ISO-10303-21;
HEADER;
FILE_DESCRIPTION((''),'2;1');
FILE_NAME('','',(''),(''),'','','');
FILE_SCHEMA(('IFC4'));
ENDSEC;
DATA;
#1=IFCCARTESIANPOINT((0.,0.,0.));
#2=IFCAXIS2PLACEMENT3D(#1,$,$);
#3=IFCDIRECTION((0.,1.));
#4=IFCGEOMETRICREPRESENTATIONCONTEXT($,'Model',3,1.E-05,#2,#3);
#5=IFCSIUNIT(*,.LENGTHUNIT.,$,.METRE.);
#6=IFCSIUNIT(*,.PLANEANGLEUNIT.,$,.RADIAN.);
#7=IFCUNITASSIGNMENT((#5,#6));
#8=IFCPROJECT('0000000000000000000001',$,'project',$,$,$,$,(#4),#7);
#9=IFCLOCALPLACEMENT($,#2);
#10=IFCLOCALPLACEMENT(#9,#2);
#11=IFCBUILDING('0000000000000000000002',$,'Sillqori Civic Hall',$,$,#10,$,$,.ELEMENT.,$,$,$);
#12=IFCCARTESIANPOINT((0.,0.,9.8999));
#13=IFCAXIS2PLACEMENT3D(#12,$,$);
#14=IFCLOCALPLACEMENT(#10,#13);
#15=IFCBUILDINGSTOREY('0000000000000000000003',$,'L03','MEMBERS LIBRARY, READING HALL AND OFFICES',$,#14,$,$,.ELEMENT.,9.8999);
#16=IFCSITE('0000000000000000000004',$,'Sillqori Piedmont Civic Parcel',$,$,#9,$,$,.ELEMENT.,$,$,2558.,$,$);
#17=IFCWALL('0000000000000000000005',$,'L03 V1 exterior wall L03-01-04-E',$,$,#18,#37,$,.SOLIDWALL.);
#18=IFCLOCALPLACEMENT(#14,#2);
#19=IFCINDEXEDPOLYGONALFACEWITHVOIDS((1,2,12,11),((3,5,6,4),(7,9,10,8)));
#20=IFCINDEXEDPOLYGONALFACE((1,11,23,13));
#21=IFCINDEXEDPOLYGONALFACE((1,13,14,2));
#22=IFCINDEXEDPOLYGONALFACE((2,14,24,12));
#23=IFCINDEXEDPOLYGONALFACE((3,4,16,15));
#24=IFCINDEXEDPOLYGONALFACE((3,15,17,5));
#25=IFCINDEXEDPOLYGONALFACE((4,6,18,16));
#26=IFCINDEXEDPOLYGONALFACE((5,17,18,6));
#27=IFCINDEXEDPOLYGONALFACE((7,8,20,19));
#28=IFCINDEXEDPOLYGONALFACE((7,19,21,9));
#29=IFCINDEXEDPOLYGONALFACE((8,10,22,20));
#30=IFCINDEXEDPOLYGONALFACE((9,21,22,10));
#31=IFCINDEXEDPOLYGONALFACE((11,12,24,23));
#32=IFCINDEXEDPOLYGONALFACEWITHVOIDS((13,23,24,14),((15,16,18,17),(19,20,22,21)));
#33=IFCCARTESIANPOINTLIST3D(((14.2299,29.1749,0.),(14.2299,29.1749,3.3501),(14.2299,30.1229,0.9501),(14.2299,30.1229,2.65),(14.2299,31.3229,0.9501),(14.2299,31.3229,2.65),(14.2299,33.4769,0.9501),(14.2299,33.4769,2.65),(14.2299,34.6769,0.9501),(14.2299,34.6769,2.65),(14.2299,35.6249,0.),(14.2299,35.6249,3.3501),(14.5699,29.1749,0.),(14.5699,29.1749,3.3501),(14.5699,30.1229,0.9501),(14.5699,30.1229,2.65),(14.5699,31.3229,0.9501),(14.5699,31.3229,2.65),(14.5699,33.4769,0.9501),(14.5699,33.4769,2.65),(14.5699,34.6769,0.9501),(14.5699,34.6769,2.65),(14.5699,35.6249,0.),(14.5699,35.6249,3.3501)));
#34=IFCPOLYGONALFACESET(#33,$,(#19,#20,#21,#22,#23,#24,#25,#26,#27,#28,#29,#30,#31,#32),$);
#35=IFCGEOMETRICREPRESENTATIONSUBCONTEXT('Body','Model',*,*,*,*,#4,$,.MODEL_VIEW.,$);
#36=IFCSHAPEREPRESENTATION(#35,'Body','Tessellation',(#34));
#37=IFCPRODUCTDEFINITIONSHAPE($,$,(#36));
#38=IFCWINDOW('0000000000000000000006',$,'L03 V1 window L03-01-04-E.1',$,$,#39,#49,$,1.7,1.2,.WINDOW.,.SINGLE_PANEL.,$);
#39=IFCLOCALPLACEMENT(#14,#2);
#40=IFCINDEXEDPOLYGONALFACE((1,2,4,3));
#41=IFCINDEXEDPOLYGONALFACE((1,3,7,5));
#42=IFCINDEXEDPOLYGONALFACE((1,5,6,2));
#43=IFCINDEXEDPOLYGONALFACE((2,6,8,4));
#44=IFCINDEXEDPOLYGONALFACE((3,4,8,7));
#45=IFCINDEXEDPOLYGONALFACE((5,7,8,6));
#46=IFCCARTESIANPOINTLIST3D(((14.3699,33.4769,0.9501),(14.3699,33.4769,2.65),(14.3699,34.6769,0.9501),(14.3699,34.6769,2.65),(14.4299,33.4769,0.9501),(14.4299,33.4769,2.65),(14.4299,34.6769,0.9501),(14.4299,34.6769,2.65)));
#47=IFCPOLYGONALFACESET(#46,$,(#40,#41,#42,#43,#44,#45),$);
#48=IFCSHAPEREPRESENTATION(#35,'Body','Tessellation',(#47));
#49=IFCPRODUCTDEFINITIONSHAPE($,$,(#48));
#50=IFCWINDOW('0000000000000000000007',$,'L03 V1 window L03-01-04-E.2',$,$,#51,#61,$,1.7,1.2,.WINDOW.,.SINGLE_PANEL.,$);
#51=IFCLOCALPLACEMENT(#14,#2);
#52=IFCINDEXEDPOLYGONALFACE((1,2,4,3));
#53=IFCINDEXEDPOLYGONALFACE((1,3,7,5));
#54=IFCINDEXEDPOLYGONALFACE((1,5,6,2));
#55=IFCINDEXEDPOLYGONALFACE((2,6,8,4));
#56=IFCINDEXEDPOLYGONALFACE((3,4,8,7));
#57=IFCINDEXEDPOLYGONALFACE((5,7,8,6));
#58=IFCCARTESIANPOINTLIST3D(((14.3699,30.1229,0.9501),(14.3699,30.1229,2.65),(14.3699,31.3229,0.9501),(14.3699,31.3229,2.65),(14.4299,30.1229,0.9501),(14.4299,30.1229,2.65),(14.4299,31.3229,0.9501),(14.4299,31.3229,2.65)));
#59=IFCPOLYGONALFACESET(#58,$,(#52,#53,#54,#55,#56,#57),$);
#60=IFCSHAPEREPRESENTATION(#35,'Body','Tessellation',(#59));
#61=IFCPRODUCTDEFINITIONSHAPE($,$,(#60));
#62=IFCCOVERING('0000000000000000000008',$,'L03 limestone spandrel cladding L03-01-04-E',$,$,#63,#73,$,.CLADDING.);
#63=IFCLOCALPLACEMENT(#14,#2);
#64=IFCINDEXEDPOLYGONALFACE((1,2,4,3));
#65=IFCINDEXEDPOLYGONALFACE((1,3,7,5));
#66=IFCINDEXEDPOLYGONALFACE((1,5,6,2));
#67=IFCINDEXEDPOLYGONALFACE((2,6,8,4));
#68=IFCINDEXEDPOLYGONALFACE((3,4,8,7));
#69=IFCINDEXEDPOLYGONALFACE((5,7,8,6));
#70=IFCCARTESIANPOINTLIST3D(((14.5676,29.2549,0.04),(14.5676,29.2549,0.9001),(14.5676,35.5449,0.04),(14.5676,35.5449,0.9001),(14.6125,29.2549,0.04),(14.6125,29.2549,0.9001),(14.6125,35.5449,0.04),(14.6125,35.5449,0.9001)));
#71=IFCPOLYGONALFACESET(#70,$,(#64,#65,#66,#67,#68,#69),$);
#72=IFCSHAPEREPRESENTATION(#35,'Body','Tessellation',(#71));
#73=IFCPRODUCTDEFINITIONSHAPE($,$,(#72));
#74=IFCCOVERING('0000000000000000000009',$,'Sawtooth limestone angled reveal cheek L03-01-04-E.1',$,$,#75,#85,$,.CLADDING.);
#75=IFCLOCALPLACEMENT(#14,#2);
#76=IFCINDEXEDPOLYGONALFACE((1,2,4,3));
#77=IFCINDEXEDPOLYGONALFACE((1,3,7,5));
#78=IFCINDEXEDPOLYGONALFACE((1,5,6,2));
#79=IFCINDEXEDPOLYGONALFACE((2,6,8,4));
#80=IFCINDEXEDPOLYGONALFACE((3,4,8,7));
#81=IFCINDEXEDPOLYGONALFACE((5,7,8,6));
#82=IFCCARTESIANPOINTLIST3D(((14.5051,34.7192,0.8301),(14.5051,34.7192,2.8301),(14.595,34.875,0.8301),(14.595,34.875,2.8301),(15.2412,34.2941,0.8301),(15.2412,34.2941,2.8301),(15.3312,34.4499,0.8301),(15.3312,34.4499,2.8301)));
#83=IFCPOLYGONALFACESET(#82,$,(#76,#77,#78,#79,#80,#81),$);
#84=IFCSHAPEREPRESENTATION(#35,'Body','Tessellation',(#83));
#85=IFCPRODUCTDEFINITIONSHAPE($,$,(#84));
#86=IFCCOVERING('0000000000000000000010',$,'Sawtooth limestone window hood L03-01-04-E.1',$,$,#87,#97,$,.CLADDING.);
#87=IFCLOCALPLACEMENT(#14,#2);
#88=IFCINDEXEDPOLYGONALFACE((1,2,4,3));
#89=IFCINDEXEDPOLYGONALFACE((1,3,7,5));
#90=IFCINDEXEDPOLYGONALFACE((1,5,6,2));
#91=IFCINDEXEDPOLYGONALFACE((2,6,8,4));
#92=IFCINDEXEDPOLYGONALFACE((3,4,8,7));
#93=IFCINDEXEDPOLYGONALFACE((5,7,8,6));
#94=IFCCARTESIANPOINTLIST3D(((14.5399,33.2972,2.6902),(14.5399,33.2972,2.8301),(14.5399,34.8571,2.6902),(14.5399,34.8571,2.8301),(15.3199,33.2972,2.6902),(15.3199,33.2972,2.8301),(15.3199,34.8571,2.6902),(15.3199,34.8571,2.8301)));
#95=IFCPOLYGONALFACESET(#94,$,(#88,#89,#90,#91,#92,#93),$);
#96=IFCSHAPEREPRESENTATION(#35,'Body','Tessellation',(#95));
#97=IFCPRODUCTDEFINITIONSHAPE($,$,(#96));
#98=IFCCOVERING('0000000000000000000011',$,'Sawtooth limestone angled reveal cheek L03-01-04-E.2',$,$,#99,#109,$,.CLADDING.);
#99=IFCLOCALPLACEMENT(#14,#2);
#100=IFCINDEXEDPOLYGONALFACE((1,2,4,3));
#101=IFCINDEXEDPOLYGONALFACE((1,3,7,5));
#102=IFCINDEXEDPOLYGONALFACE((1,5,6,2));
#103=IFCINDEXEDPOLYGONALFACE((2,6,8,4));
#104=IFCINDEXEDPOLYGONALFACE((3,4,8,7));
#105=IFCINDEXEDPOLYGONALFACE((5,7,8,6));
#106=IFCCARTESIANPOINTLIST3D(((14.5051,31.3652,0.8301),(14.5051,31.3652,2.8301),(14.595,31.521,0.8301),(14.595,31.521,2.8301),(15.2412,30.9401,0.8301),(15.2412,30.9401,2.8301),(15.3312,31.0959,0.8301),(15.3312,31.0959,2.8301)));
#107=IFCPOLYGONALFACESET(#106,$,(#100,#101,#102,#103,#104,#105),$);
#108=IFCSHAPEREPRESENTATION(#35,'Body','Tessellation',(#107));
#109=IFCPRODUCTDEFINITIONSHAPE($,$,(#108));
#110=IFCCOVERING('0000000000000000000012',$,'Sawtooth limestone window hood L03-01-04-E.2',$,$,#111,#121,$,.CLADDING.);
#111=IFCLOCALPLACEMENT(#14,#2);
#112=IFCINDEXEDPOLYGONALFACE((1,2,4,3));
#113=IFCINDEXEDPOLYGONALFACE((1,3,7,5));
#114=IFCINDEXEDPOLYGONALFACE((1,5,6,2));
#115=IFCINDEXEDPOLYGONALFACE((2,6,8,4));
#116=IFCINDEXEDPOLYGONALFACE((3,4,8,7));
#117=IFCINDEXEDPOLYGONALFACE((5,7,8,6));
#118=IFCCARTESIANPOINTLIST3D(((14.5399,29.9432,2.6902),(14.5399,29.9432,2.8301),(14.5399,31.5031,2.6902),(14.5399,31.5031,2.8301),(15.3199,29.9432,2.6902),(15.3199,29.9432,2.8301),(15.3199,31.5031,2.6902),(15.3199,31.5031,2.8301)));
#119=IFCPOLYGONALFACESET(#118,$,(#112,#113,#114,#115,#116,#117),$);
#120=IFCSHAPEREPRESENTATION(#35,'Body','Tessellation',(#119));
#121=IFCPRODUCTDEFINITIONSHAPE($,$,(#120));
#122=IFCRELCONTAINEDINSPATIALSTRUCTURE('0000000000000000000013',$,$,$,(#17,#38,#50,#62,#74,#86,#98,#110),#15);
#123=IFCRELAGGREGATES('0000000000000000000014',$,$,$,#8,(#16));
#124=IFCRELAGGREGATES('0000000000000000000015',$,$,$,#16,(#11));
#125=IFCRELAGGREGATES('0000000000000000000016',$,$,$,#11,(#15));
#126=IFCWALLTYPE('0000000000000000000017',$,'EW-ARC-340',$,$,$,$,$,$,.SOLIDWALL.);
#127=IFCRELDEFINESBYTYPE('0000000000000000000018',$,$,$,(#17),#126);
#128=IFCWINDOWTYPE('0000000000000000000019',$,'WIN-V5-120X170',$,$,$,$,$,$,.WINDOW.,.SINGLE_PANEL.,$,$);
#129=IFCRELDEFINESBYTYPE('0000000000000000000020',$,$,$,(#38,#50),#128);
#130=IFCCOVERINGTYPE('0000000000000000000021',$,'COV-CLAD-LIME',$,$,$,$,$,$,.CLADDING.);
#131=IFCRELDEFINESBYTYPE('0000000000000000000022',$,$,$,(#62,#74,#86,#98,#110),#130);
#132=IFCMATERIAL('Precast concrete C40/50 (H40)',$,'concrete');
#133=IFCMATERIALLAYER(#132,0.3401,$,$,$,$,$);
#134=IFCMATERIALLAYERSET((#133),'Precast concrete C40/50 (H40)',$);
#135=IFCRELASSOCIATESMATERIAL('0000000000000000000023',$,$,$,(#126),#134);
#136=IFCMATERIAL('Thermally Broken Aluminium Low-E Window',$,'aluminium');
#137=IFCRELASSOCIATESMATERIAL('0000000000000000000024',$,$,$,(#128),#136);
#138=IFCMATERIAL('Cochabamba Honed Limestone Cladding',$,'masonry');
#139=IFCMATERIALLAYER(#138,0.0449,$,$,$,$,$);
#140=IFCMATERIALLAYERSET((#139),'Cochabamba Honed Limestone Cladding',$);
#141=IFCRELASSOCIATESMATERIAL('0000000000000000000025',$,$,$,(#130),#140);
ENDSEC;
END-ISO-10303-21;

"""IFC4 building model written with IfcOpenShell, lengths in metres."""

from ifc_helpers import new_model, si_unit, direction, frame, frame_2d, origin, place, context, subcontext, project, spatial, rectangle, extrude, material, layer, layer_set, type_object, element, fill, save


model = new_model("IFC4")

# Units and contexts
model_context = context("Model", 3, precision=1e-05, world=origin(), true_north=direction((0.0, 1.0)))
body_context = subcontext(model_context, "Body", "Model", "MODEL_VIEW")
ifc_project = project(units=[si_unit("LENGTHUNIT", "METRE"), si_unit("PLANEANGLEUNIT", "RADIAN")], contexts=[model_context])

# Site, building, storey
site_placement = place(None, origin())
site = spatial("IfcSite", under=ifc_project, at=site_placement, Name="Sillqori Piedmont Civic Parcel", CompositionType="ELEMENT", RefElevation=2558.0)
building_placement = place(site_placement, origin())
building = spatial("IfcBuilding", under=site, at=building_placement, Name="Sillqori Civic Hall", CompositionType="ELEMENT")
storey_placement = place(building_placement, frame((0.0, 0.0, 9.8999)))
storey = spatial("IfcBuildingStorey", under=building, at=storey_placement, Name="L03", Description="MEMBERS LIBRARY, READING HALL AND OFFICES", CompositionType="ELEMENT", Elevation=9.8999)

# Shared definitions
ifc_material_1 = material(Name="Precast concrete C40/50 (H40)", Category="concrete")

# Wall, openings, windows
ifc_layer_1 = layer(ifc_material_1, 0.3401)
ifc_layer_set_1 = layer_set([ifc_layer_1], Name="Precast concrete C40/50 (H40)")
wall_type = type_object("IfcWallType", Name="EW-ARC-340", PredefinedType="SOLIDWALL", material=ifc_layer_set_1)
wall_placement = place(storey_placement, frame((14.3999, 35.625, 0.0), z_axis=(0.0, 0.0, 1.0), x_axis=(0.0, -1.0, 0.0)))
wall = element("IfcWall", 1, at=wall_placement, inside=storey, type_object=wall_type, Name="L03 V1 exterior wall L03-01-04-E", PredefinedType="SOLIDWALL", context=body_context, shape_type="SweptSolid", body=[
    extrude(rectangle(XDim=6.45, YDim=0.3401, at=frame_2d((3.2251, 0.0))), origin(), (0.0, 0.0, 1.0), 3.3501),
])
opening_1_placement = place(wall_placement, frame((0.948, 0.0, 0.95)))
opening_1 = element("IfcOpeningElement", 2, at=opening_1_placement, cuts=wall, PredefinedType="OPENING", context=body_context, shape_type="SweptSolid", body=[
    extrude(rectangle(XDim=1.2, YDim=1.7, at=frame_2d((0.6001, 0.8501))), frame((0.0, 0.1799, 0.0), z_axis=(0.0, -1.0, 0.0), x_axis=(1.0, 0.0, 0.0)), (0.0, 0.0, 1.0), 0.3601),
])
opening_2_placement = place(wall_placement, frame((4.302, 0.0, 0.95)))
opening_2 = element("IfcOpeningElement", 3, at=opening_2_placement, cuts=wall, PredefinedType="OPENING", context=body_context, shape_type="SweptSolid", body=[
    extrude(rectangle(XDim=1.2, YDim=1.7, at=frame_2d((0.6001, 0.8501))), frame((0.0, 0.1799, 0.0), z_axis=(0.0, -1.0, 0.0), x_axis=(1.0, 0.0, 0.0)), (0.0, 0.0, 1.0), 0.3601),
])
ifc_material_2 = material(Name="Thermally Broken Aluminium Low-E Window", Category="aluminium")
window_type = type_object("IfcWindowType", Name="WIN-V5-120X170", PartitioningType="SINGLE_PANEL", PredefinedType="WINDOW", material=ifc_material_2)
window_1_placement = place(opening_1_placement, origin())
window_1 = element("IfcWindow", 4, at=window_1_placement, inside=storey, type_object=window_type, Name="L03 V1 window L03-01-04-E.1", OverallHeight=1.7, OverallWidth=1.2, PartitioningType="SINGLE_PANEL", PredefinedType="WINDOW", context=body_context, shape_type="SweptSolid", body=[
    extrude(rectangle(XDim=1.2, YDim=1.7, at=frame_2d((0.6001, 0.8501))), frame((0.0, 0.03, 0.0), z_axis=(0.0, -1.0, 0.0), x_axis=(1.0, 0.0, 0.0)), (0.0, 0.0, 1.0), 0.0601),
])
fill(opening_1, window_1)
window_2_placement = place(opening_2_placement, origin())
window_2 = element("IfcWindow", 5, at=window_2_placement, inside=storey, type_object=window_type, Name="L03 V1 window L03-01-04-E.2", OverallHeight=1.7, OverallWidth=1.2, PartitioningType="SINGLE_PANEL", PredefinedType="WINDOW", context=body_context, shape_type="SweptSolid", body=[
    extrude(rectangle(XDim=1.2, YDim=1.7, at=frame_2d((0.6001, 0.8501))), frame((0.0, 0.03, 0.0), z_axis=(0.0, -1.0, 0.0), x_axis=(1.0, 0.0, 0.0)), (0.0, 0.0, 1.0), 0.0601),
])
fill(opening_2, window_2)

# Coverings
ifc_material_3 = material(Name="Cochabamba Honed Limestone Cladding", Category="masonry")
ifc_layer_2 = layer(ifc_material_3, 0.0449)
ifc_layer_set_2 = layer_set([ifc_layer_2], Name="Cochabamba Honed Limestone Cladding")
covering_type = type_object("IfcCoveringType", Name="COV-CLAD-LIME", PredefinedType="CLADDING", material=ifc_layer_set_2)
covering_1_placement = place(storey_placement, frame((14.5901, 35.5449, 0.04), z_axis=(0.0, 0.0, 1.0), x_axis=(0.0, -1.0, 0.0)))
element("IfcCovering", 6, at=covering_1_placement, inside=storey, type_object=covering_type, Name="L03 limestone spandrel cladding L03-01-04-E", PredefinedType="CLADDING", context=body_context, shape_type="SweptSolid", body=[
    extrude(rectangle(XDim=6.29, YDim=0.0449, at=frame_2d((3.145, 0.0))), origin(), (0.0, 0.0, 1.0), 0.8601),
])
covering_2_placement = place(storey_placement, frame((14.55, 34.7971, 0.8301), z_axis=(0.0, 0.0, 1.0), x_axis=(0.865989, -0.500062, 0.0)))
element("IfcCovering", 7, at=covering_2_placement, inside=storey, type_object=covering_type, Name="Sawtooth limestone angled reveal cheek L03-01-04-E.1", PredefinedType="CLADDING", context=body_context, shape_type="SweptSolid", body=[
    extrude(rectangle(XDim=0.8501, YDim=0.1799, at=frame_2d((0.425, 0.0))), origin(), (0.0, 0.0, 1.0), 2.0),
])
covering_3_placement = place(storey_placement, frame((14.9299, 34.8569, 2.6902), z_axis=(0.0, 0.0, 1.0), x_axis=(0.0, -1.0, 0.0)))
element("IfcCovering", 8, at=covering_3_placement, inside=storey, type_object=covering_type, Name="Sawtooth limestone window hood L03-01-04-E.1", PredefinedType="CLADDING", context=body_context, shape_type="SweptSolid", body=[
    extrude(rectangle(XDim=1.5598, YDim=0.78, at=frame_2d((0.7798, 0.0))), origin(), (0.0, 0.0, 1.0), 0.1399),
])
covering_4_placement = place(storey_placement, frame((14.55, 31.4431, 0.8301), z_axis=(0.0, 0.0, 1.0), x_axis=(0.865989, -0.500062, 0.0)))
element("IfcCovering", 9, at=covering_4_placement, inside=storey, type_object=covering_type, Name="Sawtooth limestone angled reveal cheek L03-01-04-E.2", PredefinedType="CLADDING", context=body_context, shape_type="SweptSolid", body=[
    extrude(rectangle(XDim=0.8501, YDim=0.1799, at=frame_2d((0.425, 0.0))), origin(), (0.0, 0.0, 1.0), 2.0),
])
covering_5_placement = place(storey_placement, frame((14.9299, 31.5029, 2.6902), z_axis=(0.0, 0.0, 1.0), x_axis=(0.0, -1.0, 0.0)))
element("IfcCovering", 10, at=covering_5_placement, inside=storey, type_object=covering_type, Name="Sawtooth limestone window hood L03-01-04-E.2", PredefinedType="CLADDING", context=body_context, shape_type="SweptSolid", body=[
    extrude(rectangle(XDim=1.5598, YDim=0.78, at=frame_2d((0.7798, 0.0))), origin(), (0.0, 0.0, 1.0), 0.1399),
])

save(model, "model.ifc")
